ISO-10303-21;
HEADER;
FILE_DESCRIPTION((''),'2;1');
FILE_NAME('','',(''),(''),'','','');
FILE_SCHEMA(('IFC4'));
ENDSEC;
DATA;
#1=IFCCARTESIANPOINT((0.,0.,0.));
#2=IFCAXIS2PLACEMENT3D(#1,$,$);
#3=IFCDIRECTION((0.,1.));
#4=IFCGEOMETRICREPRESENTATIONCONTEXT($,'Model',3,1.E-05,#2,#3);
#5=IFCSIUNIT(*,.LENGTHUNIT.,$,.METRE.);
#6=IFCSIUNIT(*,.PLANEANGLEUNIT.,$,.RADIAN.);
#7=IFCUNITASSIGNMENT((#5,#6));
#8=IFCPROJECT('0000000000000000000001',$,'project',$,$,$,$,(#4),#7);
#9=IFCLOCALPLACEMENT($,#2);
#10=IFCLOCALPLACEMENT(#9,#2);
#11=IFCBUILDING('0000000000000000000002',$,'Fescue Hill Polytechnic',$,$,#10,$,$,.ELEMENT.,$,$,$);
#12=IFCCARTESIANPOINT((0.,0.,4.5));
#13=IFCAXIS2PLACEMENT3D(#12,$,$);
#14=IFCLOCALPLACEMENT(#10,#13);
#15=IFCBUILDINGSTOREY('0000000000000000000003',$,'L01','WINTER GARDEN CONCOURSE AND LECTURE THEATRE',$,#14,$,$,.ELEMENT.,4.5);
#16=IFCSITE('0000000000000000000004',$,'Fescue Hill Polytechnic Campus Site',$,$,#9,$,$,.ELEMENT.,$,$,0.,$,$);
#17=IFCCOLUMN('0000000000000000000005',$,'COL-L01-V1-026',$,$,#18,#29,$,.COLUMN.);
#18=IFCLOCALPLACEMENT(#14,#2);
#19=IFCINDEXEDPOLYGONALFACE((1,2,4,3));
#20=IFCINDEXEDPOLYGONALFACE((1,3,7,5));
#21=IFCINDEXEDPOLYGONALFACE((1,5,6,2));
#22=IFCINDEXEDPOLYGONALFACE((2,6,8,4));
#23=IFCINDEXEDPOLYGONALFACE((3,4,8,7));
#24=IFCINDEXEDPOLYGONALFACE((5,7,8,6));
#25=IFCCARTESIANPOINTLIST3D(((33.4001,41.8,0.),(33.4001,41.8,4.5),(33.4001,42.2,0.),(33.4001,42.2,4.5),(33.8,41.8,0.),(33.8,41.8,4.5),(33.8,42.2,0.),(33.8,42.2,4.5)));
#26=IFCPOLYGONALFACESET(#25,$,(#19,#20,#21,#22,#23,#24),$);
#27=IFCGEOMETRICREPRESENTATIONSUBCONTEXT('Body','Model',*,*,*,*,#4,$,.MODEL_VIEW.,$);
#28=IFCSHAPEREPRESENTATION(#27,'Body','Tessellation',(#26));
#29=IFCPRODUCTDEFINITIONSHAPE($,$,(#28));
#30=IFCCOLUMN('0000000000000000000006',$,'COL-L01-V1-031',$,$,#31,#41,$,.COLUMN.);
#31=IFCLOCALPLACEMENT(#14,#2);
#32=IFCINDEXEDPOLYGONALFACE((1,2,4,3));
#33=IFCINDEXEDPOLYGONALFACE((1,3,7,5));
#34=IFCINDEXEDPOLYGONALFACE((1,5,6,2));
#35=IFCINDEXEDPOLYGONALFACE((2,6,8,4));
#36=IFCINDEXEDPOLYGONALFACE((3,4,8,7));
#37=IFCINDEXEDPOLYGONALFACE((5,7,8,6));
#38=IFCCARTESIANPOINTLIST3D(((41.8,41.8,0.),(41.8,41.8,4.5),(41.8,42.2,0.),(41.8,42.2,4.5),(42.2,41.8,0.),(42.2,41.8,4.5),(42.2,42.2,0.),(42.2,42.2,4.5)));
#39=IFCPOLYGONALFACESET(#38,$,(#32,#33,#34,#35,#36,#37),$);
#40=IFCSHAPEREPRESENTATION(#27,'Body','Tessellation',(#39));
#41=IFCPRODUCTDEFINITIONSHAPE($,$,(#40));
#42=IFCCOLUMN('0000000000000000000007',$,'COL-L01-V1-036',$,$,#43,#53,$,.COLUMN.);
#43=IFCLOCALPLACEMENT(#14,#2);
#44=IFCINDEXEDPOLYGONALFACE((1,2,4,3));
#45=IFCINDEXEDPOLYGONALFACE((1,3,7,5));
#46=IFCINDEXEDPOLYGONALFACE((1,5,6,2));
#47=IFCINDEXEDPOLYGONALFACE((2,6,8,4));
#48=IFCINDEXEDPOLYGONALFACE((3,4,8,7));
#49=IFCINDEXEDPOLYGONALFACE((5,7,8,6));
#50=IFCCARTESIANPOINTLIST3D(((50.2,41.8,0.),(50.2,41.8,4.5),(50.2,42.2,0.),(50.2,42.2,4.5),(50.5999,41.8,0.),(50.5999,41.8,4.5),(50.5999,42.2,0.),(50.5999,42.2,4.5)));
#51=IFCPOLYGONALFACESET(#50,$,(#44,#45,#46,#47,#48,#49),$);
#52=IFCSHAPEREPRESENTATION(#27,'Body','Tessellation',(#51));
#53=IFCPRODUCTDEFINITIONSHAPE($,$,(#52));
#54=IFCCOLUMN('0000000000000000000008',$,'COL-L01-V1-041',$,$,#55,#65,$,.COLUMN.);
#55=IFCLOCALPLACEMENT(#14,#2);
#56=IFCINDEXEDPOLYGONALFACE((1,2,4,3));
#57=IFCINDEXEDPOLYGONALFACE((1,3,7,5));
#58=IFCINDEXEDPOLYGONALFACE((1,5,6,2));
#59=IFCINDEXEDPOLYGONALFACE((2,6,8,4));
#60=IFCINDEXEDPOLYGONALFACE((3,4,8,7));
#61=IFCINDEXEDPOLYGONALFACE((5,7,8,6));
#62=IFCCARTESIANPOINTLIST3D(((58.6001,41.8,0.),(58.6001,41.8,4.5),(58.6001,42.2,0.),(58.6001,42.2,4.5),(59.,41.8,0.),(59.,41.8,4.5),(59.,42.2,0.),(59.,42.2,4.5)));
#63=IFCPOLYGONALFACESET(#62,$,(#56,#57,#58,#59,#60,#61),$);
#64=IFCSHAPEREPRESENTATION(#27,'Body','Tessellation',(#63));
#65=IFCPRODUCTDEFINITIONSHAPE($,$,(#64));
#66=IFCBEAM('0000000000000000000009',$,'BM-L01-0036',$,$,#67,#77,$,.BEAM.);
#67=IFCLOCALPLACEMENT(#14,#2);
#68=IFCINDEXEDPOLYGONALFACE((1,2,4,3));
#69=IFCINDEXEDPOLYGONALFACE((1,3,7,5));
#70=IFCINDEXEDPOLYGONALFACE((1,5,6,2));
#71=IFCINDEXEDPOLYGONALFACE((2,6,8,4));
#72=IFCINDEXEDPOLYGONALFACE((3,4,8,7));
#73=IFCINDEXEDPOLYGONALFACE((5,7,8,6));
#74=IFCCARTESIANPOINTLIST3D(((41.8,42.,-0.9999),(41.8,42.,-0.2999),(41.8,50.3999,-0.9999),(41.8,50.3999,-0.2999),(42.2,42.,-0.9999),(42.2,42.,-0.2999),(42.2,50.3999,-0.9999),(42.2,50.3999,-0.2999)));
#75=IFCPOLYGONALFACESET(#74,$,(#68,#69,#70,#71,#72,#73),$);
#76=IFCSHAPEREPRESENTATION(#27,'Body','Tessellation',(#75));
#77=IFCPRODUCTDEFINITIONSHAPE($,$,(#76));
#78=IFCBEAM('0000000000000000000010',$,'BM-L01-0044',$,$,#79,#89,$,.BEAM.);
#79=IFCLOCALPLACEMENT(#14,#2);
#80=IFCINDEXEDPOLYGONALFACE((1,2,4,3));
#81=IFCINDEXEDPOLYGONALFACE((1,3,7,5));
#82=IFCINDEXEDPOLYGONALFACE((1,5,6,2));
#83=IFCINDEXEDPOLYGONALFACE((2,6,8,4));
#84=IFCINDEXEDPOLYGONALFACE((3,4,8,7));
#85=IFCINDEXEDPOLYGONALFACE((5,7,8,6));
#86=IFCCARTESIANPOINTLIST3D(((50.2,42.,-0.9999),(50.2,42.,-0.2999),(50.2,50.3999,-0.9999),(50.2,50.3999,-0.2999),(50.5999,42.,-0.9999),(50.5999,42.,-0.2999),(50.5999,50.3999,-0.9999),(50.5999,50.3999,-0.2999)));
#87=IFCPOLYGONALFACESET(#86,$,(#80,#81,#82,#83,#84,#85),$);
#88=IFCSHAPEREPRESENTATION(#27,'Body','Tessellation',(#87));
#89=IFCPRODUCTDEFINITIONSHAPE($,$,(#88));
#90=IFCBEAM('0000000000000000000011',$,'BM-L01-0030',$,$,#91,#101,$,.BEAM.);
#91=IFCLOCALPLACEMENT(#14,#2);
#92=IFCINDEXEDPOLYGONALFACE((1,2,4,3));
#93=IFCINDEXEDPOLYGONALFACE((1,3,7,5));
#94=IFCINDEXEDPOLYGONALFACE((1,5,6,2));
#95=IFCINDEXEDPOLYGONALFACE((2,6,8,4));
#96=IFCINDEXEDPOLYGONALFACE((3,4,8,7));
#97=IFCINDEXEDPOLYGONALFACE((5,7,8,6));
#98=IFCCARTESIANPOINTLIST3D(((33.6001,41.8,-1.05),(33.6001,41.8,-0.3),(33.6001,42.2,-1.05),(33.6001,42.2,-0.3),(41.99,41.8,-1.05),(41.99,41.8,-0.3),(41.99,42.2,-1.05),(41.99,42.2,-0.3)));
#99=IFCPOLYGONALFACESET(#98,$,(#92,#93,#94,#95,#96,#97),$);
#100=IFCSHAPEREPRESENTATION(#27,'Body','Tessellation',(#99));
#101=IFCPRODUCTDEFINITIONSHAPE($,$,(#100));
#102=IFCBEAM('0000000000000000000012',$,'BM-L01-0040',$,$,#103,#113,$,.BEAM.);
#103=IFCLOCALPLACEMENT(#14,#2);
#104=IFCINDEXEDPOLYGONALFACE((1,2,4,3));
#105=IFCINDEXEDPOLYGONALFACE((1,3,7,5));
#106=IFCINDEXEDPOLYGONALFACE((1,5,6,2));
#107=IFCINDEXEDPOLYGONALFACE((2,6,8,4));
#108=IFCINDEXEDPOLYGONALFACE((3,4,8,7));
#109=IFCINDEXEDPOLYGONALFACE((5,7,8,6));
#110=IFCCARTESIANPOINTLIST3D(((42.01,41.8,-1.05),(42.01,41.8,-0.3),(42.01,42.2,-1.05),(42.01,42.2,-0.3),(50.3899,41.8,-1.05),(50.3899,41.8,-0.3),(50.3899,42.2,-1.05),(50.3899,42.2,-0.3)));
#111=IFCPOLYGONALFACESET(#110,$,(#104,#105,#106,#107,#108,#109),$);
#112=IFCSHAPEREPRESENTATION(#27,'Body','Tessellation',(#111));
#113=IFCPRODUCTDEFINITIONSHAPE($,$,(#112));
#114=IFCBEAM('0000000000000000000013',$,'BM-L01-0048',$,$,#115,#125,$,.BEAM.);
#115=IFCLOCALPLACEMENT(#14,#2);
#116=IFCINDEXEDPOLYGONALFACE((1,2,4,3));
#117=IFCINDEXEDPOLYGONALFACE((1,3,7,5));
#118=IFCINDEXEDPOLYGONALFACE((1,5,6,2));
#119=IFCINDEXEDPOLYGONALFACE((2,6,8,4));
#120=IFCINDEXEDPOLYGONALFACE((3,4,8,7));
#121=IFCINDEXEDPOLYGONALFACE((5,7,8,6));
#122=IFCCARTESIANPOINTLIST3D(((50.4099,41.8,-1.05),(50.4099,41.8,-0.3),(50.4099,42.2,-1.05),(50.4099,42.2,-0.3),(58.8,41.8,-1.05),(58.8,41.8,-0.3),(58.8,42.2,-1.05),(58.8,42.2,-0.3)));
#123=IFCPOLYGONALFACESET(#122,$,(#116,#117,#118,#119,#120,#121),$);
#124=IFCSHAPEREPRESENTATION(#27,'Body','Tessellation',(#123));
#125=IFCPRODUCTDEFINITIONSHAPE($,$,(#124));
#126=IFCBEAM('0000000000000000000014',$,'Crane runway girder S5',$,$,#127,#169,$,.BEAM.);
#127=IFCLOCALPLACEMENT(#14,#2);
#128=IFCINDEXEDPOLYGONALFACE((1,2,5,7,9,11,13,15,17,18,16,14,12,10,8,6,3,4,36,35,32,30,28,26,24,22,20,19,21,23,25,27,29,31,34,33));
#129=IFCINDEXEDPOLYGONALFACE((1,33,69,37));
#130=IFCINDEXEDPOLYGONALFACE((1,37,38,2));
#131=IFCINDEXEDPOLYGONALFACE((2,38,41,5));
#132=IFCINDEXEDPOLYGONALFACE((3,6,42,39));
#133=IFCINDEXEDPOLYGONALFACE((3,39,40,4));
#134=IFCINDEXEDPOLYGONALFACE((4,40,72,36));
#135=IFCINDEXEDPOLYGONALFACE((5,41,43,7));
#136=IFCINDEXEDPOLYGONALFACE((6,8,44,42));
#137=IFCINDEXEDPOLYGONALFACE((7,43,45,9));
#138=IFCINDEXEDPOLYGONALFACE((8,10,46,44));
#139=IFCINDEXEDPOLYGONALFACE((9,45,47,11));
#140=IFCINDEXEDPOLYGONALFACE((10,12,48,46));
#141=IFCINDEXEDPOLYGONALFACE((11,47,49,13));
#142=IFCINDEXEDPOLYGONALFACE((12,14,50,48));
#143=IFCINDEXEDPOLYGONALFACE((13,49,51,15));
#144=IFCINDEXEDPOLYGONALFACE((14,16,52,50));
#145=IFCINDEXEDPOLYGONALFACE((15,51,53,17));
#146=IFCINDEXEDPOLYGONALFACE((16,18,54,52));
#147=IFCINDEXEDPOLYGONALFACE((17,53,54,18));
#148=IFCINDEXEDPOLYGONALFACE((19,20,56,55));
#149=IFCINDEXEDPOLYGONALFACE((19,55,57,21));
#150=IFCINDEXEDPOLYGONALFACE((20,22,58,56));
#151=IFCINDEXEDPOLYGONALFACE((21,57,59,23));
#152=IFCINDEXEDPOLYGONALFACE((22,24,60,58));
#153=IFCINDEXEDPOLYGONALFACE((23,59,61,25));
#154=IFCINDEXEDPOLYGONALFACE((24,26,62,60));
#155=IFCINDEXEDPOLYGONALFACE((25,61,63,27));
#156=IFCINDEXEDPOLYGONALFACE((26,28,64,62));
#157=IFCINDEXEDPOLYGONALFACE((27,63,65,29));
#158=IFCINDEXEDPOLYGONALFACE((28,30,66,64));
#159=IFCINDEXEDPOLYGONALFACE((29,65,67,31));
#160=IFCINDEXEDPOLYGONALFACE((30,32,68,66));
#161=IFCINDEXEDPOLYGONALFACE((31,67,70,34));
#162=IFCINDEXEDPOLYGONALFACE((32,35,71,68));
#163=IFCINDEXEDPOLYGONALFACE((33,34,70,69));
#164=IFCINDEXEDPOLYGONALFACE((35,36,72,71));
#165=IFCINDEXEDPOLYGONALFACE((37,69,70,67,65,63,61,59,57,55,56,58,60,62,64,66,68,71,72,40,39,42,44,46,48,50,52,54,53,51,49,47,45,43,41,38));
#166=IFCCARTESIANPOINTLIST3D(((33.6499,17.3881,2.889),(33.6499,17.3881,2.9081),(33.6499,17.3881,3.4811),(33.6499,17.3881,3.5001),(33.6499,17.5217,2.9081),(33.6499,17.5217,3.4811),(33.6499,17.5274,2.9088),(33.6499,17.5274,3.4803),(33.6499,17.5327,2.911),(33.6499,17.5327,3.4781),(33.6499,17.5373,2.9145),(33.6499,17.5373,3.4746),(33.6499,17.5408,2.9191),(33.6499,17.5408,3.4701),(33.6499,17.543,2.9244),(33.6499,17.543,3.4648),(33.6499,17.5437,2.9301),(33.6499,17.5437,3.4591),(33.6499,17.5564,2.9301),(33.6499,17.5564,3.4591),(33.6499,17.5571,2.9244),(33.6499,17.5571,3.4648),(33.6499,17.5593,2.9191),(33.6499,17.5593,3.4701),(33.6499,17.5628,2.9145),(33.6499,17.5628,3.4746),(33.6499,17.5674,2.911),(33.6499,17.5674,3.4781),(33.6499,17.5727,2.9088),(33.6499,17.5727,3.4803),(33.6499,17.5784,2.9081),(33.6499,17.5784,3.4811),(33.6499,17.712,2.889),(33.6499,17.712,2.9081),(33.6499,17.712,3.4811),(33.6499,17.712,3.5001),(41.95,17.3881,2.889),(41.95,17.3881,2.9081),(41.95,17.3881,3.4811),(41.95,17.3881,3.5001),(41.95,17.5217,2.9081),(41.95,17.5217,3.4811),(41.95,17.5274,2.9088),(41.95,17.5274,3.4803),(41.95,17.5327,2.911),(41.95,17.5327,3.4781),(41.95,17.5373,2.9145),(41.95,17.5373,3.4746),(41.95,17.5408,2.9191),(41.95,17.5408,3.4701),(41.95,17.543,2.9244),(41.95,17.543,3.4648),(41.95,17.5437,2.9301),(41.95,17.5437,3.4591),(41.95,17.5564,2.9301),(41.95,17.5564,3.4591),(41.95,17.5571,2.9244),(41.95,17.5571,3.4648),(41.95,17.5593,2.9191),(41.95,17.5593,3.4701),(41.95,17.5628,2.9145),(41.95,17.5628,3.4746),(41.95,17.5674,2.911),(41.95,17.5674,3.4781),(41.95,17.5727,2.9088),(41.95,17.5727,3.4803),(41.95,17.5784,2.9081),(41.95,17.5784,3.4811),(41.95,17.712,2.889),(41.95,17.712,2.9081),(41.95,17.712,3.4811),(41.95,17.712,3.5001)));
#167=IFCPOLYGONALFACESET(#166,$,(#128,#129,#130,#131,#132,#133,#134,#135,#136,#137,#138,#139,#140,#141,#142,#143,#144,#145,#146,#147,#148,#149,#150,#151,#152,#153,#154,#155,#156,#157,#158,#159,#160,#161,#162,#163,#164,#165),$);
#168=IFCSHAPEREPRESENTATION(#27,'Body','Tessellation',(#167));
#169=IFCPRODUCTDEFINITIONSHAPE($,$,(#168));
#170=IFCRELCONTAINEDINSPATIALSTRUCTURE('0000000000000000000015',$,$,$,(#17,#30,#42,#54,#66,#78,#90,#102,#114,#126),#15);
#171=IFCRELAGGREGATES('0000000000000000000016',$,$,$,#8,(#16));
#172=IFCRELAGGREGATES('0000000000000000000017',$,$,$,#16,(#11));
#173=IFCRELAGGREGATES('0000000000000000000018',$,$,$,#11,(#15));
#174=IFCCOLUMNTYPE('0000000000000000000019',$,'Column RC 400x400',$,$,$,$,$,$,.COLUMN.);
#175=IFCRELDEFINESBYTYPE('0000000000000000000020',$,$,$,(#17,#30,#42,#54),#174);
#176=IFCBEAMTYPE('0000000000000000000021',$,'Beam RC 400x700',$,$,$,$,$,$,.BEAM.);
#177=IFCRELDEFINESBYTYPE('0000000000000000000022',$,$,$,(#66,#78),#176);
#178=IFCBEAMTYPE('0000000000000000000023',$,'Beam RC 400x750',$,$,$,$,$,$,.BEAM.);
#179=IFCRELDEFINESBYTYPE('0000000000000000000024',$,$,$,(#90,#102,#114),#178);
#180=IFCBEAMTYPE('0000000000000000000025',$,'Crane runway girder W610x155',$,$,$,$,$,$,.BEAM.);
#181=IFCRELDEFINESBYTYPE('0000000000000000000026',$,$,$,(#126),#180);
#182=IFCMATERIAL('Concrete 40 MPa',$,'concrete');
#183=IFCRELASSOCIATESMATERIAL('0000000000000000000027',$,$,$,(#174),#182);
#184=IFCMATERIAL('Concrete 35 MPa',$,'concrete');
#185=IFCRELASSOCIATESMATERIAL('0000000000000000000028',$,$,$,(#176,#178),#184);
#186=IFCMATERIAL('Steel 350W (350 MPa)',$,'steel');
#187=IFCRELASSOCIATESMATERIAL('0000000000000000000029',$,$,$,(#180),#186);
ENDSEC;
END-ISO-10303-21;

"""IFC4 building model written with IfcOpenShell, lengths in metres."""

from ifc_helpers import new_model, si_unit, direction, frame, origin, origin_2d, place, context, subcontext, project, spatial, rectangle, i_section, extrude, material, material_profile, profile_set, type_object, element, save


model = new_model("IFC4")

# Units and contexts
model_context = context("Model", 3, precision=1e-05, world=origin(), true_north=direction((0.0, 1.0)))
body_context = subcontext(model_context, "Body", "Model", "MODEL_VIEW")
ifc_project = project(units=[si_unit("LENGTHUNIT", "METRE"), si_unit("PLANEANGLEUNIT", "RADIAN")], contexts=[model_context])

# Site, building, storey
site_placement = place(None, origin())
site = spatial("IfcSite", under=ifc_project, at=site_placement, Name="Fescue Hill Polytechnic Campus Site", CompositionType="ELEMENT", RefElevation=0.0)
building_placement = place(site_placement, origin())
building = spatial("IfcBuilding", under=site, at=building_placement, Name="Fescue Hill Polytechnic", CompositionType="ELEMENT")
storey_placement = place(building_placement, frame((0.0, 0.0, 4.5)))
storey = spatial("IfcBuildingStorey", under=building, at=storey_placement, Name="L01", Description="WINTER GARDEN CONCOURSE AND LECTURE THEATRE", CompositionType="ELEMENT", Elevation=4.5)

# Columns
ifc_material_1 = material(Name="Concrete 40 MPa", Category="concrete")
ifc_material_profile_1 = material_profile(ifc_material_1, rectangle(XDim=0.3999, YDim=0.3999, at=origin_2d()), Name="RC 400x400")
ifc_profile_set_1 = profile_set([ifc_material_profile_1], Name="Concrete 40 MPa")
column_type = type_object("IfcColumnType", Name="Column RC 400x400", PredefinedType="COLUMN", material=ifc_profile_set_1)
for number, where, z_axis, x_axis, name in (
    (1, (33.6001, 42.0, 0.0), (0.0, 0.0, 1.0), (1.0, 0.0, 0.0), "COL-L01-V1-026"),
    (2, (42.0, 42.0, 0.0), (0.0, 0.0, 1.0), (1.0, 0.0, 0.0), "COL-L01-V1-031"),
    (3, (50.3999, 42.0, 0.0), (0.0, 0.0, 1.0), (1.0, 0.0, 0.0), "COL-L01-V1-036"),
    (4, (58.8, 42.0, 0.0), (0.0, 0.0, 1.0), (1.0, 0.0, 0.0), "COL-L01-V1-041"),
):
    element("IfcColumn", number, at=place(storey_placement, frame(where, z_axis=z_axis, x_axis=x_axis)), inside=storey, type_object=column_type, Name=name, PredefinedType="COLUMN", context=body_context, shape_type="SweptSolid", body=[
        extrude(rectangle(XDim=0.3999, YDim=0.3999, at=origin_2d()), origin(), (0.0, 0.0, 1.0), 4.5),
    ])

# Beams
ifc_material_2 = material(Name="Concrete 35 MPa", Category="concrete")
ifc_material_profile_2 = material_profile(ifc_material_2, rectangle(XDim=0.3999, YDim=0.7, at=origin_2d()), Name="RC 400x700")
ifc_profile_set_2 = profile_set([ifc_material_profile_2], Name="Concrete 35 MPa")
beam_type_1 = type_object("IfcBeamType", Name="Beam RC 400x700", PredefinedType="BEAM", material=ifc_profile_set_2)
for number, where, z_axis, x_axis, name in (
    (5, (42.0, 42.0, -0.6499), (0.0, 1.0, 0.0), (-1.0, 0.0, 0.0), "BM-L01-0036"),
    (6, (50.3999, 42.0, -0.6499), (0.0, 1.0, 0.0), (-1.0, 0.0, 0.0), "BM-L01-0044"),
):
    element("IfcBeam", number, at=place(storey_placement, frame(where, z_axis=z_axis, x_axis=x_axis)), inside=storey, type_object=beam_type_1, Name=name, PredefinedType="BEAM", context=body_context, shape_type="SweptSolid", body=[
        extrude(rectangle(XDim=0.3999, YDim=0.7, at=origin_2d()), origin(), (0.0, 0.0, 1.0), 8.3999),
    ])
ifc_material_profile_3 = material_profile(ifc_material_2, rectangle(XDim=0.3999, YDim=0.75, at=origin_2d()), Name="RC 400x750")
ifc_profile_set_3 = profile_set([ifc_material_profile_3], Name="Concrete 35 MPa")
beam_type_2 = type_object("IfcBeamType", Name="Beam RC 400x750", PredefinedType="BEAM", material=ifc_profile_set_3)
beam_1_placement = place(storey_placement, frame((33.6001, 42.0, -0.675), z_axis=(1.0, 0.0, 0.0), x_axis=(0.0, 1.0, 0.0)))
element("IfcBeam", 7, at=beam_1_placement, inside=storey, type_object=beam_type_2, Name="BM-L01-0030", PredefinedType="BEAM", context=body_context, shape_type="SweptSolid", body=[
    extrude(rectangle(XDim=0.3999, YDim=0.75, at=origin_2d()), origin(), (0.0, 0.0, 1.0), 8.3899),
])
beam_2_placement = place(storey_placement, frame((42.01, 42.0, -0.675), z_axis=(1.0, 0.0, 0.0), x_axis=(0.0, 1.0, 0.0)))
element("IfcBeam", 8, at=beam_2_placement, inside=storey, type_object=beam_type_2, Name="BM-L01-0040", PredefinedType="BEAM", context=body_context, shape_type="SweptSolid", body=[
    extrude(rectangle(XDim=0.3999, YDim=0.75, at=origin_2d()), origin(), (0.0, 0.0, 1.0), 8.3799),
])
beam_3_placement = place(storey_placement, frame((50.4099, 42.0, -0.675), z_axis=(1.0, 0.0, 0.0), x_axis=(0.0, 1.0, 0.0)))
element("IfcBeam", 9, at=beam_3_placement, inside=storey, type_object=beam_type_2, Name="BM-L01-0048", PredefinedType="BEAM", context=body_context, shape_type="SweptSolid", body=[
    extrude(rectangle(XDim=0.3999, YDim=0.75, at=origin_2d()), origin(), (0.0, 0.0, 1.0), 8.3901),
])
ifc_material_3 = material(Name="Steel 350W (350 MPa)", Category="steel")
ifc_material_profile_4 = material_profile(ifc_material_3, i_section(OverallWidth=0.324, OverallDepth=0.6111, WebThickness=0.0127, FlangeThickness=0.019, FilletRadius=0.022, at=origin_2d()), Name="W610x155")
ifc_profile_set_4 = profile_set([ifc_material_profile_4], Name="Steel 350W (350 MPa)")
beam_type_3 = type_object("IfcBeamType", Name="Crane runway girder W610x155", PredefinedType="BEAM", material=ifc_profile_set_4)
for number, where, z_axis, x_axis, name in (
    (10, (33.6499, 17.55, 3.1946), (1.0, 0.0, 0.0), (0.0, 1.0, 0.0), "Crane runway girder S5"),
):
    element("IfcBeam", number, at=place(storey_placement, frame(where, z_axis=z_axis, x_axis=x_axis)), inside=storey, type_object=beam_type_3, Name=name, PredefinedType="BEAM", context=body_context, shape_type="SweptSolid", body=[
        extrude(i_section(OverallWidth=0.324, OverallDepth=0.6111, WebThickness=0.0127, FlangeThickness=0.019, FilletRadius=0.022, at=origin_2d()), origin(), (0.0, 0.0, 1.0), 8.3),
    ])

save(model, "model.ifc")
